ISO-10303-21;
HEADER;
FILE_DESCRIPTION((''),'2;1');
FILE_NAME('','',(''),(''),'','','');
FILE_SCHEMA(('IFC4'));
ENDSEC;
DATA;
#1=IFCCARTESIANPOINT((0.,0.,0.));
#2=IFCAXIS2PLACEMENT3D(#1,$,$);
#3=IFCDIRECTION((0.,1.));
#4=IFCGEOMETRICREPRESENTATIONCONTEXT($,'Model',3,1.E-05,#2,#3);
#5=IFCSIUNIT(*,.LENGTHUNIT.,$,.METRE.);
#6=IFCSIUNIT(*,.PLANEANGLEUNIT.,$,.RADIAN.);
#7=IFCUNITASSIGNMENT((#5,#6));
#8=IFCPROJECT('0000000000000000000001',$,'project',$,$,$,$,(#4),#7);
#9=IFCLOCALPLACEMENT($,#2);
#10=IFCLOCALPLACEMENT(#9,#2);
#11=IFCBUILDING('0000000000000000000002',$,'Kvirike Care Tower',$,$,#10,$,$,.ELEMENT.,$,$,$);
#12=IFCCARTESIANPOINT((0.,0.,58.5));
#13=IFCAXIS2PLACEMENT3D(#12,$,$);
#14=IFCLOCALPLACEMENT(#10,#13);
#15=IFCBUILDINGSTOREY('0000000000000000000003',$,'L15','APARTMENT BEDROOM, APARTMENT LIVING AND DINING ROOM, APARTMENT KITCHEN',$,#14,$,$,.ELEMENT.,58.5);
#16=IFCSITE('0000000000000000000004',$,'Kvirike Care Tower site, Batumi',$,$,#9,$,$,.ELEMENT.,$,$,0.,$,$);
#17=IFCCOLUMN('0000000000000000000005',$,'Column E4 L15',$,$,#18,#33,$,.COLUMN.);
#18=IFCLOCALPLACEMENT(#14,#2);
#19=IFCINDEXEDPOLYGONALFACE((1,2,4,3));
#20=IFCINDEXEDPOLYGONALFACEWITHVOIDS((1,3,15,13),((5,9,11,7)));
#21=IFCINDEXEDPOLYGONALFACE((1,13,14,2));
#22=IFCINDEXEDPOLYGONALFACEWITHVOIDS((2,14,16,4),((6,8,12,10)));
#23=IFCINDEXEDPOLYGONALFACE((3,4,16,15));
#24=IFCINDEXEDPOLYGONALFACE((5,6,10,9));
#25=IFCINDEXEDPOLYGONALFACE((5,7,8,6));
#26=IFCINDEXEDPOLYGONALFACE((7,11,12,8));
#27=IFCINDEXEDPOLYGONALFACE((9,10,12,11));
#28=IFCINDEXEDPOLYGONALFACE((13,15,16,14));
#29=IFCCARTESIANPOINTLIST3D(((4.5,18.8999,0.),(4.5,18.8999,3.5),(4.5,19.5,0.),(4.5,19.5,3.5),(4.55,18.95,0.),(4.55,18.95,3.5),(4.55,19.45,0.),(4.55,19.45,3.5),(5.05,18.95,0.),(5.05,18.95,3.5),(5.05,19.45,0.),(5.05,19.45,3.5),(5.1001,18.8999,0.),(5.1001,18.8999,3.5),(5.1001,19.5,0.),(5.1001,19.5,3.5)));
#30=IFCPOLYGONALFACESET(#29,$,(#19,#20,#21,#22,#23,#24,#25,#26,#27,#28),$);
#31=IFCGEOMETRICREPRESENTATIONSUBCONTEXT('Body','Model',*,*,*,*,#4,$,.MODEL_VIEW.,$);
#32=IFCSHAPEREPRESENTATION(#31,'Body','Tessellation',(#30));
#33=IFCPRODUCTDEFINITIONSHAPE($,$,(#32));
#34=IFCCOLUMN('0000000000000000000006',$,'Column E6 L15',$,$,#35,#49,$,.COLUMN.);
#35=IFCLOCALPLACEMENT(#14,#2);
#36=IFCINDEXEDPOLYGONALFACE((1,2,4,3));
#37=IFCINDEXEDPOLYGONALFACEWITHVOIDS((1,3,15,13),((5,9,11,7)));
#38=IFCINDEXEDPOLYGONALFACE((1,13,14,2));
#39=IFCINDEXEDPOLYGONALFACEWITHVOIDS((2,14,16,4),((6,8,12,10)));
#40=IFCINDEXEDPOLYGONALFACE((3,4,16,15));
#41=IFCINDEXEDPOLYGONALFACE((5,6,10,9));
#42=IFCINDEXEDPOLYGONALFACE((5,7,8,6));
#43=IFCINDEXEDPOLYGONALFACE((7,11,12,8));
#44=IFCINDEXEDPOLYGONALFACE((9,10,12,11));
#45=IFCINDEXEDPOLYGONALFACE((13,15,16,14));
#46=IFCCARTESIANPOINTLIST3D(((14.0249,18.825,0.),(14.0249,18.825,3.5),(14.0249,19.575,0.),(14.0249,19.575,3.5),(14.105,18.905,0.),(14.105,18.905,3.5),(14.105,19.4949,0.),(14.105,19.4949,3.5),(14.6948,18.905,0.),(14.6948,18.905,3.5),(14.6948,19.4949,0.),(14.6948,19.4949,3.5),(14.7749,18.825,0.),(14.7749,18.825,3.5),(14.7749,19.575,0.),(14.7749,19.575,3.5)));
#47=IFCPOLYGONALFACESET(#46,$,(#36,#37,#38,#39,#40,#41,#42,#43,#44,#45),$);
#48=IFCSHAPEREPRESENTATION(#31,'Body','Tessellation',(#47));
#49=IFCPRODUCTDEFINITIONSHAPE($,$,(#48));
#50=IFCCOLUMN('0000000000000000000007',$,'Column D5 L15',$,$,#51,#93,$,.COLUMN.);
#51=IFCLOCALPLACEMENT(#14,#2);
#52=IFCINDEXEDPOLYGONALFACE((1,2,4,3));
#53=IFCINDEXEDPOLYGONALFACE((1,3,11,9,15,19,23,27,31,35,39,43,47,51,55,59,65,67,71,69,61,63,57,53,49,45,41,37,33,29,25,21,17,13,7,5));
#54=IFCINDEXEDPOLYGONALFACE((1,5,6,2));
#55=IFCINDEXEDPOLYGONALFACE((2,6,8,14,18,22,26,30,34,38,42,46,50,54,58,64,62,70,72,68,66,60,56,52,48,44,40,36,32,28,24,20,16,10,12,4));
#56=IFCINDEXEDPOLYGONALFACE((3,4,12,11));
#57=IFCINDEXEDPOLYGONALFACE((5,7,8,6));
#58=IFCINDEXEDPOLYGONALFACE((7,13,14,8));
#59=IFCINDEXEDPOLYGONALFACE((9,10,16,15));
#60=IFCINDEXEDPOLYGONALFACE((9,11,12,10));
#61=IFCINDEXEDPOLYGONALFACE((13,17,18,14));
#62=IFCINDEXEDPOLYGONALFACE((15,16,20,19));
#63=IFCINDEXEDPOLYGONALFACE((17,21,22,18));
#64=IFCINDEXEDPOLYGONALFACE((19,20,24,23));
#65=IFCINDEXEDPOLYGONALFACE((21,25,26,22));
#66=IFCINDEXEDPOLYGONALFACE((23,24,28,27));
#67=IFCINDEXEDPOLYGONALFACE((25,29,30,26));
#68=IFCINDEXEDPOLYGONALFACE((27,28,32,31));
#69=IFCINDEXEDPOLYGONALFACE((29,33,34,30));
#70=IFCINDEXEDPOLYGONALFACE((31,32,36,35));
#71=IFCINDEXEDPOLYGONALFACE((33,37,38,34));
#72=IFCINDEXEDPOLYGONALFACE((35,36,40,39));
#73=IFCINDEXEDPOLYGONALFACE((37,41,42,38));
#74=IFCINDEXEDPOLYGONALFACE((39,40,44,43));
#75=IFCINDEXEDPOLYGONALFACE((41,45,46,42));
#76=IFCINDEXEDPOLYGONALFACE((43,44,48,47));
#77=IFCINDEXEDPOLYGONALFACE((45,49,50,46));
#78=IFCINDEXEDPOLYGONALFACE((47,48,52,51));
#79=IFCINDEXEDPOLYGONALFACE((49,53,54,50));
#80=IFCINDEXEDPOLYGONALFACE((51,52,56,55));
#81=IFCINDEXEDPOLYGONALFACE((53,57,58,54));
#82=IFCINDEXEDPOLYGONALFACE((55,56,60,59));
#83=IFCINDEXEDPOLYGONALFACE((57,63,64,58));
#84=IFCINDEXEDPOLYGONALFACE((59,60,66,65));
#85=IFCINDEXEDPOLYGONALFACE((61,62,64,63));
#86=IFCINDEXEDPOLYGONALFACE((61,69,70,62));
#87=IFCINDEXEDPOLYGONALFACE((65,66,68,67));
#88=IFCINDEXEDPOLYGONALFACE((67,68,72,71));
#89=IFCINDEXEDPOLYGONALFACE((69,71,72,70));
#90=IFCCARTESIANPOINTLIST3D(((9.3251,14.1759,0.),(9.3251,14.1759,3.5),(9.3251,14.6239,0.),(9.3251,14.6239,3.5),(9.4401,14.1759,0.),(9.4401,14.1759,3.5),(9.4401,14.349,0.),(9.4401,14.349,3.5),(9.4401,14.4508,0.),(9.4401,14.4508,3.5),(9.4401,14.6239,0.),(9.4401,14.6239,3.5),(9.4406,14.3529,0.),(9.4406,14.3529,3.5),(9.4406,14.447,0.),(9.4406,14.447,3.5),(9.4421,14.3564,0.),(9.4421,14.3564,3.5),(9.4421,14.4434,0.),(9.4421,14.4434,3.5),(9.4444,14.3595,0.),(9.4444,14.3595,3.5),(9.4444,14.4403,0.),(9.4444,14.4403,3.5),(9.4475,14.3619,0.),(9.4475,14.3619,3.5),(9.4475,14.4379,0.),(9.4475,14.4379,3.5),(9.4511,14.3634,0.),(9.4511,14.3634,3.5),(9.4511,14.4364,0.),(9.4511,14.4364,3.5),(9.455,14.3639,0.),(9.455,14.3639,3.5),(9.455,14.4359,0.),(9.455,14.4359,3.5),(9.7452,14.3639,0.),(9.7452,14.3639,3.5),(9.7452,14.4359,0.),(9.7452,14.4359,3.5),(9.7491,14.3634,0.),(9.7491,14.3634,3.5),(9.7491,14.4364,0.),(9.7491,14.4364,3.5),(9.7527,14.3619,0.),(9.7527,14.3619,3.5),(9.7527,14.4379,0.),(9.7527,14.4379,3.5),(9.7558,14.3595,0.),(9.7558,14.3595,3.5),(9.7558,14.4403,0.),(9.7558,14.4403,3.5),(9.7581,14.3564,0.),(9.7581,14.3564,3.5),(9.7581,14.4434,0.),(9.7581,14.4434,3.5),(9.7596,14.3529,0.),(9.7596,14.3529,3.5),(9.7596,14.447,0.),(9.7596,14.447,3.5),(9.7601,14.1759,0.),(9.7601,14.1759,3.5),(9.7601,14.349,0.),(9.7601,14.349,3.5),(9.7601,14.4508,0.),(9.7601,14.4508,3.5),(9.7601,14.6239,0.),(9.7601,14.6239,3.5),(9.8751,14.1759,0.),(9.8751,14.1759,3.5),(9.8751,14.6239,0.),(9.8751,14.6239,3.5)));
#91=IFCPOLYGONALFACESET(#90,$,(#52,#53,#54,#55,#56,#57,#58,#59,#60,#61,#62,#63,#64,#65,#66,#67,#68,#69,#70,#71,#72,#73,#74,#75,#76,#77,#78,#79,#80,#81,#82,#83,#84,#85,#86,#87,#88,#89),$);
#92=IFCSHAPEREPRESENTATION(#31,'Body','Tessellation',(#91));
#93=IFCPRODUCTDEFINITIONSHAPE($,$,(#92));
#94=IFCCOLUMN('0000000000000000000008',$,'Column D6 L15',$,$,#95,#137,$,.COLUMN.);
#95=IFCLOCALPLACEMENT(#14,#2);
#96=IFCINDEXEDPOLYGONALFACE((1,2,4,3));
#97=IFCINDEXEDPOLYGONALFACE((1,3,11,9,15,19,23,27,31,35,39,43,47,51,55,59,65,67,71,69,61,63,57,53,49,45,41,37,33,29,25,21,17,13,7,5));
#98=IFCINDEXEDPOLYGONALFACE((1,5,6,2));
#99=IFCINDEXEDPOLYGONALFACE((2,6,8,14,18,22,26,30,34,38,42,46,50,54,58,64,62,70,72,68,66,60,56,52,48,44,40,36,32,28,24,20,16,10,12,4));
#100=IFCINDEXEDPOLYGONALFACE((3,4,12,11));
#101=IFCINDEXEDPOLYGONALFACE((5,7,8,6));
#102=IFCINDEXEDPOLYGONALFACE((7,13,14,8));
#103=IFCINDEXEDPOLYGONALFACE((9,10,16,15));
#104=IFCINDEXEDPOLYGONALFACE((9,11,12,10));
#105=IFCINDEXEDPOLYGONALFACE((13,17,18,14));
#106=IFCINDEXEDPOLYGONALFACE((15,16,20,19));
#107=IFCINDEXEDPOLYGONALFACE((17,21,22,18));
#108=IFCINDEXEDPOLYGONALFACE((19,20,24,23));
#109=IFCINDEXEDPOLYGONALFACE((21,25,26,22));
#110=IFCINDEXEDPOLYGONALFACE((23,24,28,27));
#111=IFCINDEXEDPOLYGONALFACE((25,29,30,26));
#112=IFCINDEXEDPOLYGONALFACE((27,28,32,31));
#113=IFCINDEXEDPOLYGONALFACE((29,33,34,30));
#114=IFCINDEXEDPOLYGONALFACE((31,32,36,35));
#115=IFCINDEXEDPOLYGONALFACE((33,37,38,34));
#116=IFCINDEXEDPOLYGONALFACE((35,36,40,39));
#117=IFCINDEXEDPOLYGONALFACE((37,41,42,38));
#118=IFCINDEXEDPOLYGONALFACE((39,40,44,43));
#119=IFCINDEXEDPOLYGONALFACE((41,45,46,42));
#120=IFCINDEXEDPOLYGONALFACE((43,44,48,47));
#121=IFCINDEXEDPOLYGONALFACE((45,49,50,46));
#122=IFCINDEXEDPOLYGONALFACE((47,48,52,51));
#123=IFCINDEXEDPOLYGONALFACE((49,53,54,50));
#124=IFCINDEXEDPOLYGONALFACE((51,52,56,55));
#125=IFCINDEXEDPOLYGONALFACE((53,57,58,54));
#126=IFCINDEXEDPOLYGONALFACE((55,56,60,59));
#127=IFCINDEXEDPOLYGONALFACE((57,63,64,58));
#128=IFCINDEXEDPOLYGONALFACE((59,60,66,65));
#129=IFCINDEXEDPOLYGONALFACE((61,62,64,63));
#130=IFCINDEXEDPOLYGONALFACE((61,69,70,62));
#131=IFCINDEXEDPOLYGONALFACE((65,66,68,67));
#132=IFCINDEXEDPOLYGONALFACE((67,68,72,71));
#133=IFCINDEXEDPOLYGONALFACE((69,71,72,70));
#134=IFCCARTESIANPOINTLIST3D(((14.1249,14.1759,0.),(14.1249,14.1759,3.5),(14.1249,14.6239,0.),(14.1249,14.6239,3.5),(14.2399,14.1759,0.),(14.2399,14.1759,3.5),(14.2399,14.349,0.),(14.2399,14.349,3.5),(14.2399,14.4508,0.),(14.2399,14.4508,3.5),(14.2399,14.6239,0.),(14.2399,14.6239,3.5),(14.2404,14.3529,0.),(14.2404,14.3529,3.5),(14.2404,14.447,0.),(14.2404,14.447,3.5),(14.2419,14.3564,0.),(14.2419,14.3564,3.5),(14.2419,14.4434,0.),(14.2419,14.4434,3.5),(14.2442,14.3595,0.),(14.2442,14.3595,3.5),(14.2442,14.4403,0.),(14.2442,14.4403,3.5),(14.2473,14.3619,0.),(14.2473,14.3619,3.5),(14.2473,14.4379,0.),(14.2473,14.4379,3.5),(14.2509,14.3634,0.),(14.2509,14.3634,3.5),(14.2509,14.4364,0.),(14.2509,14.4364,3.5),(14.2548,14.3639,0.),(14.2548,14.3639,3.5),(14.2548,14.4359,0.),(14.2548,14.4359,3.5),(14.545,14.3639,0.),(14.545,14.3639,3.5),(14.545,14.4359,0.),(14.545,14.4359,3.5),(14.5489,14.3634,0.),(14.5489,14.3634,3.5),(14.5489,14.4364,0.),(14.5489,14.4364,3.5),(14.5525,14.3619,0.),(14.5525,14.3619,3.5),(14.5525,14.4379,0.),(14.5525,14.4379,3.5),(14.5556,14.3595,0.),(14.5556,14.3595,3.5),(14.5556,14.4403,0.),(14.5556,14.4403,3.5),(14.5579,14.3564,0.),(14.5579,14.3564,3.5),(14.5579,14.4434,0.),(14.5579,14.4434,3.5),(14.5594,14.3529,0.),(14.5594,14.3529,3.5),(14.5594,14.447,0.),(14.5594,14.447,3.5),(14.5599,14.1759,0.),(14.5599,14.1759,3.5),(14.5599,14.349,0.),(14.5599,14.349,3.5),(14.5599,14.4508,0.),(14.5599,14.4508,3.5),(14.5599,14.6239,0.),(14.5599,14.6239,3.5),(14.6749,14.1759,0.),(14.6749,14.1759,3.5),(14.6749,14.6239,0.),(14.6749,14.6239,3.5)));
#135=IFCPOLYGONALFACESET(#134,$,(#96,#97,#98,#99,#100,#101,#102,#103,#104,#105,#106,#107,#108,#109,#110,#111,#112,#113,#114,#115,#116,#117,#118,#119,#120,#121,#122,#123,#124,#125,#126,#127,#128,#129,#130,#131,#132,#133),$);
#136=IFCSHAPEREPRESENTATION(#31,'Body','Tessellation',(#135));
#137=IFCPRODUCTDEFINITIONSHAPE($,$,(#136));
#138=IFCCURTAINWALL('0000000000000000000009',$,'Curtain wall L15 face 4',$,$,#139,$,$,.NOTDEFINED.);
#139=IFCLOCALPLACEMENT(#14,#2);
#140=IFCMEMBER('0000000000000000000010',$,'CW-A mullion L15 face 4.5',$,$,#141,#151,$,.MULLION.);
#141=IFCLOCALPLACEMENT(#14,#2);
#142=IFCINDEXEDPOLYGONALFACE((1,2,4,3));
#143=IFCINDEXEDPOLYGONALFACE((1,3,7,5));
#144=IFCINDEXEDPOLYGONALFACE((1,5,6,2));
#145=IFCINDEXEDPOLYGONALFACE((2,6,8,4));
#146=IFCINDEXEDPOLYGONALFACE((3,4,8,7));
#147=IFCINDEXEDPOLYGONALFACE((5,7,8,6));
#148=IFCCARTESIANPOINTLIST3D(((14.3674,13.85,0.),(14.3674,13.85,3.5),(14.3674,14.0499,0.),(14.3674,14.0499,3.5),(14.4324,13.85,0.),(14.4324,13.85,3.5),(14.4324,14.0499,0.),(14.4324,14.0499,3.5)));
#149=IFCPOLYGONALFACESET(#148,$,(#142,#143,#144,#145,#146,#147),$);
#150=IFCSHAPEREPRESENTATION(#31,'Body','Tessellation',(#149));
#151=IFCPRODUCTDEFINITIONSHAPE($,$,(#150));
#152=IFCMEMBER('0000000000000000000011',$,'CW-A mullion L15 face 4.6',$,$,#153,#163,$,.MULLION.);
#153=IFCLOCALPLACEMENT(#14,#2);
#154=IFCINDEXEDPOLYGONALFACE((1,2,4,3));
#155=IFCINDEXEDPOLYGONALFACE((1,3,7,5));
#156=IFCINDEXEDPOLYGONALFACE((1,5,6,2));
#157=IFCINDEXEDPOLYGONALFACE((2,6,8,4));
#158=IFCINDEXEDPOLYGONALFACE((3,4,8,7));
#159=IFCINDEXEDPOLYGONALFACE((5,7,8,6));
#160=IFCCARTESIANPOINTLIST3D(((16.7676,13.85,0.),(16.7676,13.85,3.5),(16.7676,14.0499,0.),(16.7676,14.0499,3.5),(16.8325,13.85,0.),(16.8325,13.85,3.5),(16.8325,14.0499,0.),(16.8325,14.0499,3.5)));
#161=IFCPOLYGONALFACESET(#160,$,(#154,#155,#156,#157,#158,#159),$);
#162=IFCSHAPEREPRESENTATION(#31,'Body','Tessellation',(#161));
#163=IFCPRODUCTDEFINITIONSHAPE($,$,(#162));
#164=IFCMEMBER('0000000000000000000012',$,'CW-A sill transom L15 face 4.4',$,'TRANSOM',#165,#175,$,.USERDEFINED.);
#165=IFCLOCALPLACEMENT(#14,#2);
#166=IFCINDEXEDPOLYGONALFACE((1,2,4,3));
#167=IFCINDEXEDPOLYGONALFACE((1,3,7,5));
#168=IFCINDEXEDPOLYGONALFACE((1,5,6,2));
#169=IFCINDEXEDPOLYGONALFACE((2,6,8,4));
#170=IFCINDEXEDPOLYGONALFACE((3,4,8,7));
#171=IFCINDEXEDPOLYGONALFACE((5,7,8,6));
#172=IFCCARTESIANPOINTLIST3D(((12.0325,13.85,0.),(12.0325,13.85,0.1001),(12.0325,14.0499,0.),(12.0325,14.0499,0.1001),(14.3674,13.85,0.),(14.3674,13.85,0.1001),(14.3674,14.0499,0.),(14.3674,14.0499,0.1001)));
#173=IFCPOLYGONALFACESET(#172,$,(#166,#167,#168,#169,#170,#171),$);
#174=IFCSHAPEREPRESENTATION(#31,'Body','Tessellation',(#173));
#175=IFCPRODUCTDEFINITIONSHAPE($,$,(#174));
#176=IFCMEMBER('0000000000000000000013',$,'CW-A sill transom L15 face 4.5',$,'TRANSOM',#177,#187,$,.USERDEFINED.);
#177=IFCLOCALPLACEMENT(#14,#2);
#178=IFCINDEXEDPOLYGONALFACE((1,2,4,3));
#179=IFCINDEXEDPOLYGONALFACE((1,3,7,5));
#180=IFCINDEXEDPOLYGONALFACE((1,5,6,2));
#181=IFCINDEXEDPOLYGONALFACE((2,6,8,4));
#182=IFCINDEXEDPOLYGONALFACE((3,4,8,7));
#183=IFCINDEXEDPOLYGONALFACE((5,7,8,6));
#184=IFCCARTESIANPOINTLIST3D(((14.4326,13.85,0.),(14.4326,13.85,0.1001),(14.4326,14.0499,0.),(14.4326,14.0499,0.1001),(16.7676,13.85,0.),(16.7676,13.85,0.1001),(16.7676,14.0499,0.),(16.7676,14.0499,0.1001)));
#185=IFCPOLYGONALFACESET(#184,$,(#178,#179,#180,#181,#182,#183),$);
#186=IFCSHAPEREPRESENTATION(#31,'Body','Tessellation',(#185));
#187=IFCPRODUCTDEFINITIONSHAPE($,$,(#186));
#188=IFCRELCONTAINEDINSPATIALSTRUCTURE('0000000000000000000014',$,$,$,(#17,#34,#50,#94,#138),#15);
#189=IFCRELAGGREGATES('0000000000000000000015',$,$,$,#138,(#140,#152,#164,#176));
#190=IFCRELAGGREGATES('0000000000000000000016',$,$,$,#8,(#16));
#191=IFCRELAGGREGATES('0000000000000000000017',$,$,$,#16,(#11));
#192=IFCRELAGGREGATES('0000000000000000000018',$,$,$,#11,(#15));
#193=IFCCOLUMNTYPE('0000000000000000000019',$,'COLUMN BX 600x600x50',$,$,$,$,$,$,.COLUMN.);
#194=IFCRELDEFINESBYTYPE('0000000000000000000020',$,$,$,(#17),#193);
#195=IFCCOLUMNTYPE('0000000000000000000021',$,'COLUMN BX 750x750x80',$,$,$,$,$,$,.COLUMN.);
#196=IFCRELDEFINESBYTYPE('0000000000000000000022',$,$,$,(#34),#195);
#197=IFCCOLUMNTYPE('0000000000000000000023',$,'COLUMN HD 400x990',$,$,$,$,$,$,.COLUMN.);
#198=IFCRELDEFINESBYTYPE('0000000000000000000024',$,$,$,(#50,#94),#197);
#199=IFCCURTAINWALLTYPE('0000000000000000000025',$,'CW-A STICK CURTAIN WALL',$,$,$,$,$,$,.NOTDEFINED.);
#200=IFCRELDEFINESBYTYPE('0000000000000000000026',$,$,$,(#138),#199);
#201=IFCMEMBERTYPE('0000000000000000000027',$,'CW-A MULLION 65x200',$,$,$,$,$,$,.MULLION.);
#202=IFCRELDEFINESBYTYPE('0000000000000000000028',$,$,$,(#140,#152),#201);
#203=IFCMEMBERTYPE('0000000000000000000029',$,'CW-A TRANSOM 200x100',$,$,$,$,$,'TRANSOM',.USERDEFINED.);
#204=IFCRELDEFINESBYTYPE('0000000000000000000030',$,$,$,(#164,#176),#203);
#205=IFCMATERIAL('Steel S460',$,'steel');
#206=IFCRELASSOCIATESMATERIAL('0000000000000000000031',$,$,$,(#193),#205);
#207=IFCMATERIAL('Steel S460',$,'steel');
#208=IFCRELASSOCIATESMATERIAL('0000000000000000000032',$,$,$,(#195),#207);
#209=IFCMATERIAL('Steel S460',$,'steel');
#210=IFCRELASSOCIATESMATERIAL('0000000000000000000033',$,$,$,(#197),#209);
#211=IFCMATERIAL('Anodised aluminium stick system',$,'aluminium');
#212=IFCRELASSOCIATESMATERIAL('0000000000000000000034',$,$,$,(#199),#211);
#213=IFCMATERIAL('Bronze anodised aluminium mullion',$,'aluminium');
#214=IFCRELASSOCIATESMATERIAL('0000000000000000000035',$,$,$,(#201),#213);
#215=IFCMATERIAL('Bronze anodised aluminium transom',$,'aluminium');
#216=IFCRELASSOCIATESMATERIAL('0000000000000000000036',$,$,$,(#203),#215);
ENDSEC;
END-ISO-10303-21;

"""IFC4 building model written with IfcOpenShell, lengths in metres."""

from ifc_helpers import new_model, si_unit, direction, frame, origin, origin_2d, place, context, subcontext, project, spatial, rectangle, hollow_rectangle, i_section, extrude, material, material_profile, profile_set, type_object, element, aggregate, save


model = new_model("IFC4")

# Units and contexts
model_context = context("Model", 3, precision=1e-05, world=origin(), true_north=direction((0.0, 1.0)))
body_context = subcontext(model_context, "Body", "Model", "MODEL_VIEW")
ifc_project = project(units=[si_unit("LENGTHUNIT", "METRE"), si_unit("PLANEANGLEUNIT", "RADIAN")], contexts=[model_context])

# Site, building, storey
site_placement = place(None, origin())
site = spatial("IfcSite", under=ifc_project, at=site_placement, Name="Kvirike Care Tower site, Batumi", CompositionType="ELEMENT", RefElevation=0.0)
building_placement = place(site_placement, origin())
building = spatial("IfcBuilding", under=site, at=building_placement, Name="Kvirike Care Tower", CompositionType="ELEMENT")
storey_placement = place(building_placement, frame((0.0, 0.0, 58.5)))
storey = spatial("IfcBuildingStorey", under=building, at=storey_placement, Name="L15", Description="APARTMENT BEDROOM, APARTMENT LIVING AND DINING ROOM, APARTMENT KITCHEN", CompositionType="ELEMENT", Elevation=58.5)

# Columns
ifc_material_1 = material(Name="Steel S460", Category="steel")
ifc_material_profile_1 = material_profile(ifc_material_1, hollow_rectangle(XDim=0.6001, YDim=0.6001, WallThickness=0.05, at=origin_2d()), Name="BX 600x600x50")
ifc_profile_set_1 = profile_set([ifc_material_profile_1], Name="Steel S460")
column_type_1 = type_object("IfcColumnType", Name="COLUMN BX 600x600x50", PredefinedType="COLUMN", material=ifc_profile_set_1)
column_1_placement = place(storey_placement, frame((4.8, 19.2, 0.0), z_axis=(0.0, 0.0, 1.0), x_axis=(0.0, 1.0, 0.0)))
element("IfcColumn", 1, at=column_1_placement, inside=storey, type_object=column_type_1, Name="Column E4 L15", PredefinedType="COLUMN", context=body_context, shape_type="SweptSolid", body=[
    extrude(hollow_rectangle(XDim=0.6001, YDim=0.6001, WallThickness=0.05, at=origin_2d()), origin(), (0.0, 0.0, 1.0), 3.5),
])
ifc_material_2 = material(Name="Steel S460", Category="steel")
ifc_material_profile_2 = material_profile(ifc_material_2, hollow_rectangle(XDim=0.75, YDim=0.75, WallThickness=0.0801, at=origin_2d()), Name="BX 750x750x80")
ifc_profile_set_2 = profile_set([ifc_material_profile_2], Name="Steel S460")
column_type_2 = type_object("IfcColumnType", Name="COLUMN BX 750x750x80", PredefinedType="COLUMN", material=ifc_profile_set_2)
column_2_placement = place(storey_placement, frame((14.3999, 19.2, 0.0), z_axis=(0.0, 0.0, 1.0), x_axis=(1.0, 0.0, 0.0)))
element("IfcColumn", 2, at=column_2_placement, inside=storey, type_object=column_type_2, Name="Column E6 L15", PredefinedType="COLUMN", context=body_context, shape_type="SweptSolid", body=[
    extrude(hollow_rectangle(XDim=0.75, YDim=0.75, WallThickness=0.0801, at=origin_2d()), origin(), (0.0, 0.0, 1.0), 3.5),
])
ifc_material_3 = material(Name="Steel S460", Category="steel")
ifc_material_profile_3 = material_profile(ifc_material_3, i_section(OverallWidth=0.448, OverallDepth=0.55, WebThickness=0.072, FlangeThickness=0.115, FilletRadius=0.0149, at=origin_2d()), Name="HD 400x990")
ifc_profile_set_3 = profile_set([ifc_material_profile_3], Name="Steel S460")
column_type_3 = type_object("IfcColumnType", Name="COLUMN HD 400x990", PredefinedType="COLUMN", material=ifc_profile_set_3)
for number, where, z_axis, x_axis, name in (
    (3, (9.6001, 14.3999, 0.0), (0.0, 0.0, 1.0), (0.0, 1.0, 0.0), "Column D5 L15"),
    (4, (14.3999, 14.3999, 0.0), (0.0, 0.0, 1.0), (0.0, 1.0, 0.0), "Column D6 L15"),
):
    element("IfcColumn", number, at=place(storey_placement, frame(where, z_axis=z_axis, x_axis=x_axis)), inside=storey, type_object=column_type_3, Name=name, PredefinedType="COLUMN", context=body_context, shape_type="SweptSolid", body=[
        extrude(i_section(OverallWidth=0.448, OverallDepth=0.55, WebThickness=0.072, FlangeThickness=0.115, FilletRadius=0.0149, at=origin_2d()), origin(), (0.0, 0.0, 1.0), 3.5),
    ])

# Curtain wall, members
ifc_material_4 = material(Name="Anodised aluminium stick system", Category="aluminium")
curtain_wall_type = type_object("IfcCurtainWallType", Name="CW-A STICK CURTAIN WALL", PredefinedType="NOTDEFINED", material=ifc_material_4)
curtain_wall_placement = place(storey_placement, origin())
curtain_wall = element("IfcCurtainWall", 5, at=curtain_wall_placement, inside=storey, type_object=curtain_wall_type, Name="Curtain wall L15 face 4", PredefinedType="NOTDEFINED")
ifc_material_5 = material(Name="Bronze anodised aluminium mullion", Category="aluminium")
ifc_material_profile_4 = material_profile(ifc_material_5, rectangle(XDim=0.0649, YDim=0.2, at=origin_2d()), Name="CW-A MULLION 65x200")
ifc_profile_set_4 = profile_set([ifc_material_profile_4], Name="Bronze anodised aluminium mullion")
member_type_1 = type_object("IfcMemberType", Name="CW-A MULLION 65x200", PredefinedType="MULLION", material=ifc_profile_set_4)
member_1_placement = place(storey_placement, frame((14.3999, 13.95, 0.0), z_axis=(0.0, 0.0, 1.0), x_axis=(1.0, 0.0, 0.0)))
member_1 = element("IfcMember", 6, at=member_1_placement, type_object=member_type_1, Name="CW-A mullion L15 face 4.5", PredefinedType="MULLION", context=body_context, shape_type="SweptSolid", body=[
    extrude(rectangle(XDim=0.0649, YDim=0.2, at=origin_2d()), origin(), (0.0, 0.0, 1.0), 3.5),
])
member_2_placement = place(storey_placement, frame((16.8, 13.95, 0.0), z_axis=(0.0, 0.0, 1.0), x_axis=(1.0, 0.0, 0.0)))
member_2 = element("IfcMember", 7, at=member_2_placement, type_object=member_type_1, Name="CW-A mullion L15 face 4.6", PredefinedType="MULLION", context=body_context, shape_type="SweptSolid", body=[
    extrude(rectangle(XDim=0.0649, YDim=0.2, at=origin_2d()), origin(), (0.0, 0.0, 1.0), 3.5),
])
ifc_material_6 = material(Name="Bronze anodised aluminium transom", Category="aluminium")
ifc_material_profile_5 = material_profile(ifc_material_6, rectangle(XDim=0.2, YDim=0.1001, at=origin_2d()), Name="CW-A TRANSOM 200x100")
ifc_profile_set_5 = profile_set([ifc_material_profile_5], Name="Bronze anodised aluminium transom")
member_type_2 = type_object("IfcMemberType", Name="CW-A TRANSOM 200x100", ElementType="TRANSOM", PredefinedType="USERDEFINED", material=ifc_profile_set_5)
member_3_placement = place(storey_placement, frame((12.0325, 13.95, 0.05), z_axis=(1.0, 0.0, 0.0), x_axis=(0.0, 1.0, 0.0)))
member_3 = element("IfcMember", 8, at=member_3_placement, type_object=member_type_2, Name="CW-A sill transom L15 face 4.4", ObjectType="TRANSOM", PredefinedType="USERDEFINED", context=body_context, shape_type="SweptSolid", body=[
    extrude(rectangle(XDim=0.2, YDim=0.1001, at=origin_2d()), origin(), (0.0, 0.0, 1.0), 2.335),
])
member_4_placement = place(storey_placement, frame((14.4326, 13.95, 0.05), z_axis=(1.0, 0.0, 0.0), x_axis=(0.0, 1.0, 0.0)))
member_4 = element("IfcMember", 9, at=member_4_placement, type_object=member_type_2, Name="CW-A sill transom L15 face 4.5", ObjectType="TRANSOM", PredefinedType="USERDEFINED", context=body_context, shape_type="SweptSolid", body=[
    extrude(rectangle(XDim=0.2, YDim=0.1001, at=origin_2d()), origin(), (0.0, 0.0, 1.0), 2.335),
])

aggregate(curtain_wall, [member_1, member_2, member_3, member_4])

save(model, "model.ifc")
